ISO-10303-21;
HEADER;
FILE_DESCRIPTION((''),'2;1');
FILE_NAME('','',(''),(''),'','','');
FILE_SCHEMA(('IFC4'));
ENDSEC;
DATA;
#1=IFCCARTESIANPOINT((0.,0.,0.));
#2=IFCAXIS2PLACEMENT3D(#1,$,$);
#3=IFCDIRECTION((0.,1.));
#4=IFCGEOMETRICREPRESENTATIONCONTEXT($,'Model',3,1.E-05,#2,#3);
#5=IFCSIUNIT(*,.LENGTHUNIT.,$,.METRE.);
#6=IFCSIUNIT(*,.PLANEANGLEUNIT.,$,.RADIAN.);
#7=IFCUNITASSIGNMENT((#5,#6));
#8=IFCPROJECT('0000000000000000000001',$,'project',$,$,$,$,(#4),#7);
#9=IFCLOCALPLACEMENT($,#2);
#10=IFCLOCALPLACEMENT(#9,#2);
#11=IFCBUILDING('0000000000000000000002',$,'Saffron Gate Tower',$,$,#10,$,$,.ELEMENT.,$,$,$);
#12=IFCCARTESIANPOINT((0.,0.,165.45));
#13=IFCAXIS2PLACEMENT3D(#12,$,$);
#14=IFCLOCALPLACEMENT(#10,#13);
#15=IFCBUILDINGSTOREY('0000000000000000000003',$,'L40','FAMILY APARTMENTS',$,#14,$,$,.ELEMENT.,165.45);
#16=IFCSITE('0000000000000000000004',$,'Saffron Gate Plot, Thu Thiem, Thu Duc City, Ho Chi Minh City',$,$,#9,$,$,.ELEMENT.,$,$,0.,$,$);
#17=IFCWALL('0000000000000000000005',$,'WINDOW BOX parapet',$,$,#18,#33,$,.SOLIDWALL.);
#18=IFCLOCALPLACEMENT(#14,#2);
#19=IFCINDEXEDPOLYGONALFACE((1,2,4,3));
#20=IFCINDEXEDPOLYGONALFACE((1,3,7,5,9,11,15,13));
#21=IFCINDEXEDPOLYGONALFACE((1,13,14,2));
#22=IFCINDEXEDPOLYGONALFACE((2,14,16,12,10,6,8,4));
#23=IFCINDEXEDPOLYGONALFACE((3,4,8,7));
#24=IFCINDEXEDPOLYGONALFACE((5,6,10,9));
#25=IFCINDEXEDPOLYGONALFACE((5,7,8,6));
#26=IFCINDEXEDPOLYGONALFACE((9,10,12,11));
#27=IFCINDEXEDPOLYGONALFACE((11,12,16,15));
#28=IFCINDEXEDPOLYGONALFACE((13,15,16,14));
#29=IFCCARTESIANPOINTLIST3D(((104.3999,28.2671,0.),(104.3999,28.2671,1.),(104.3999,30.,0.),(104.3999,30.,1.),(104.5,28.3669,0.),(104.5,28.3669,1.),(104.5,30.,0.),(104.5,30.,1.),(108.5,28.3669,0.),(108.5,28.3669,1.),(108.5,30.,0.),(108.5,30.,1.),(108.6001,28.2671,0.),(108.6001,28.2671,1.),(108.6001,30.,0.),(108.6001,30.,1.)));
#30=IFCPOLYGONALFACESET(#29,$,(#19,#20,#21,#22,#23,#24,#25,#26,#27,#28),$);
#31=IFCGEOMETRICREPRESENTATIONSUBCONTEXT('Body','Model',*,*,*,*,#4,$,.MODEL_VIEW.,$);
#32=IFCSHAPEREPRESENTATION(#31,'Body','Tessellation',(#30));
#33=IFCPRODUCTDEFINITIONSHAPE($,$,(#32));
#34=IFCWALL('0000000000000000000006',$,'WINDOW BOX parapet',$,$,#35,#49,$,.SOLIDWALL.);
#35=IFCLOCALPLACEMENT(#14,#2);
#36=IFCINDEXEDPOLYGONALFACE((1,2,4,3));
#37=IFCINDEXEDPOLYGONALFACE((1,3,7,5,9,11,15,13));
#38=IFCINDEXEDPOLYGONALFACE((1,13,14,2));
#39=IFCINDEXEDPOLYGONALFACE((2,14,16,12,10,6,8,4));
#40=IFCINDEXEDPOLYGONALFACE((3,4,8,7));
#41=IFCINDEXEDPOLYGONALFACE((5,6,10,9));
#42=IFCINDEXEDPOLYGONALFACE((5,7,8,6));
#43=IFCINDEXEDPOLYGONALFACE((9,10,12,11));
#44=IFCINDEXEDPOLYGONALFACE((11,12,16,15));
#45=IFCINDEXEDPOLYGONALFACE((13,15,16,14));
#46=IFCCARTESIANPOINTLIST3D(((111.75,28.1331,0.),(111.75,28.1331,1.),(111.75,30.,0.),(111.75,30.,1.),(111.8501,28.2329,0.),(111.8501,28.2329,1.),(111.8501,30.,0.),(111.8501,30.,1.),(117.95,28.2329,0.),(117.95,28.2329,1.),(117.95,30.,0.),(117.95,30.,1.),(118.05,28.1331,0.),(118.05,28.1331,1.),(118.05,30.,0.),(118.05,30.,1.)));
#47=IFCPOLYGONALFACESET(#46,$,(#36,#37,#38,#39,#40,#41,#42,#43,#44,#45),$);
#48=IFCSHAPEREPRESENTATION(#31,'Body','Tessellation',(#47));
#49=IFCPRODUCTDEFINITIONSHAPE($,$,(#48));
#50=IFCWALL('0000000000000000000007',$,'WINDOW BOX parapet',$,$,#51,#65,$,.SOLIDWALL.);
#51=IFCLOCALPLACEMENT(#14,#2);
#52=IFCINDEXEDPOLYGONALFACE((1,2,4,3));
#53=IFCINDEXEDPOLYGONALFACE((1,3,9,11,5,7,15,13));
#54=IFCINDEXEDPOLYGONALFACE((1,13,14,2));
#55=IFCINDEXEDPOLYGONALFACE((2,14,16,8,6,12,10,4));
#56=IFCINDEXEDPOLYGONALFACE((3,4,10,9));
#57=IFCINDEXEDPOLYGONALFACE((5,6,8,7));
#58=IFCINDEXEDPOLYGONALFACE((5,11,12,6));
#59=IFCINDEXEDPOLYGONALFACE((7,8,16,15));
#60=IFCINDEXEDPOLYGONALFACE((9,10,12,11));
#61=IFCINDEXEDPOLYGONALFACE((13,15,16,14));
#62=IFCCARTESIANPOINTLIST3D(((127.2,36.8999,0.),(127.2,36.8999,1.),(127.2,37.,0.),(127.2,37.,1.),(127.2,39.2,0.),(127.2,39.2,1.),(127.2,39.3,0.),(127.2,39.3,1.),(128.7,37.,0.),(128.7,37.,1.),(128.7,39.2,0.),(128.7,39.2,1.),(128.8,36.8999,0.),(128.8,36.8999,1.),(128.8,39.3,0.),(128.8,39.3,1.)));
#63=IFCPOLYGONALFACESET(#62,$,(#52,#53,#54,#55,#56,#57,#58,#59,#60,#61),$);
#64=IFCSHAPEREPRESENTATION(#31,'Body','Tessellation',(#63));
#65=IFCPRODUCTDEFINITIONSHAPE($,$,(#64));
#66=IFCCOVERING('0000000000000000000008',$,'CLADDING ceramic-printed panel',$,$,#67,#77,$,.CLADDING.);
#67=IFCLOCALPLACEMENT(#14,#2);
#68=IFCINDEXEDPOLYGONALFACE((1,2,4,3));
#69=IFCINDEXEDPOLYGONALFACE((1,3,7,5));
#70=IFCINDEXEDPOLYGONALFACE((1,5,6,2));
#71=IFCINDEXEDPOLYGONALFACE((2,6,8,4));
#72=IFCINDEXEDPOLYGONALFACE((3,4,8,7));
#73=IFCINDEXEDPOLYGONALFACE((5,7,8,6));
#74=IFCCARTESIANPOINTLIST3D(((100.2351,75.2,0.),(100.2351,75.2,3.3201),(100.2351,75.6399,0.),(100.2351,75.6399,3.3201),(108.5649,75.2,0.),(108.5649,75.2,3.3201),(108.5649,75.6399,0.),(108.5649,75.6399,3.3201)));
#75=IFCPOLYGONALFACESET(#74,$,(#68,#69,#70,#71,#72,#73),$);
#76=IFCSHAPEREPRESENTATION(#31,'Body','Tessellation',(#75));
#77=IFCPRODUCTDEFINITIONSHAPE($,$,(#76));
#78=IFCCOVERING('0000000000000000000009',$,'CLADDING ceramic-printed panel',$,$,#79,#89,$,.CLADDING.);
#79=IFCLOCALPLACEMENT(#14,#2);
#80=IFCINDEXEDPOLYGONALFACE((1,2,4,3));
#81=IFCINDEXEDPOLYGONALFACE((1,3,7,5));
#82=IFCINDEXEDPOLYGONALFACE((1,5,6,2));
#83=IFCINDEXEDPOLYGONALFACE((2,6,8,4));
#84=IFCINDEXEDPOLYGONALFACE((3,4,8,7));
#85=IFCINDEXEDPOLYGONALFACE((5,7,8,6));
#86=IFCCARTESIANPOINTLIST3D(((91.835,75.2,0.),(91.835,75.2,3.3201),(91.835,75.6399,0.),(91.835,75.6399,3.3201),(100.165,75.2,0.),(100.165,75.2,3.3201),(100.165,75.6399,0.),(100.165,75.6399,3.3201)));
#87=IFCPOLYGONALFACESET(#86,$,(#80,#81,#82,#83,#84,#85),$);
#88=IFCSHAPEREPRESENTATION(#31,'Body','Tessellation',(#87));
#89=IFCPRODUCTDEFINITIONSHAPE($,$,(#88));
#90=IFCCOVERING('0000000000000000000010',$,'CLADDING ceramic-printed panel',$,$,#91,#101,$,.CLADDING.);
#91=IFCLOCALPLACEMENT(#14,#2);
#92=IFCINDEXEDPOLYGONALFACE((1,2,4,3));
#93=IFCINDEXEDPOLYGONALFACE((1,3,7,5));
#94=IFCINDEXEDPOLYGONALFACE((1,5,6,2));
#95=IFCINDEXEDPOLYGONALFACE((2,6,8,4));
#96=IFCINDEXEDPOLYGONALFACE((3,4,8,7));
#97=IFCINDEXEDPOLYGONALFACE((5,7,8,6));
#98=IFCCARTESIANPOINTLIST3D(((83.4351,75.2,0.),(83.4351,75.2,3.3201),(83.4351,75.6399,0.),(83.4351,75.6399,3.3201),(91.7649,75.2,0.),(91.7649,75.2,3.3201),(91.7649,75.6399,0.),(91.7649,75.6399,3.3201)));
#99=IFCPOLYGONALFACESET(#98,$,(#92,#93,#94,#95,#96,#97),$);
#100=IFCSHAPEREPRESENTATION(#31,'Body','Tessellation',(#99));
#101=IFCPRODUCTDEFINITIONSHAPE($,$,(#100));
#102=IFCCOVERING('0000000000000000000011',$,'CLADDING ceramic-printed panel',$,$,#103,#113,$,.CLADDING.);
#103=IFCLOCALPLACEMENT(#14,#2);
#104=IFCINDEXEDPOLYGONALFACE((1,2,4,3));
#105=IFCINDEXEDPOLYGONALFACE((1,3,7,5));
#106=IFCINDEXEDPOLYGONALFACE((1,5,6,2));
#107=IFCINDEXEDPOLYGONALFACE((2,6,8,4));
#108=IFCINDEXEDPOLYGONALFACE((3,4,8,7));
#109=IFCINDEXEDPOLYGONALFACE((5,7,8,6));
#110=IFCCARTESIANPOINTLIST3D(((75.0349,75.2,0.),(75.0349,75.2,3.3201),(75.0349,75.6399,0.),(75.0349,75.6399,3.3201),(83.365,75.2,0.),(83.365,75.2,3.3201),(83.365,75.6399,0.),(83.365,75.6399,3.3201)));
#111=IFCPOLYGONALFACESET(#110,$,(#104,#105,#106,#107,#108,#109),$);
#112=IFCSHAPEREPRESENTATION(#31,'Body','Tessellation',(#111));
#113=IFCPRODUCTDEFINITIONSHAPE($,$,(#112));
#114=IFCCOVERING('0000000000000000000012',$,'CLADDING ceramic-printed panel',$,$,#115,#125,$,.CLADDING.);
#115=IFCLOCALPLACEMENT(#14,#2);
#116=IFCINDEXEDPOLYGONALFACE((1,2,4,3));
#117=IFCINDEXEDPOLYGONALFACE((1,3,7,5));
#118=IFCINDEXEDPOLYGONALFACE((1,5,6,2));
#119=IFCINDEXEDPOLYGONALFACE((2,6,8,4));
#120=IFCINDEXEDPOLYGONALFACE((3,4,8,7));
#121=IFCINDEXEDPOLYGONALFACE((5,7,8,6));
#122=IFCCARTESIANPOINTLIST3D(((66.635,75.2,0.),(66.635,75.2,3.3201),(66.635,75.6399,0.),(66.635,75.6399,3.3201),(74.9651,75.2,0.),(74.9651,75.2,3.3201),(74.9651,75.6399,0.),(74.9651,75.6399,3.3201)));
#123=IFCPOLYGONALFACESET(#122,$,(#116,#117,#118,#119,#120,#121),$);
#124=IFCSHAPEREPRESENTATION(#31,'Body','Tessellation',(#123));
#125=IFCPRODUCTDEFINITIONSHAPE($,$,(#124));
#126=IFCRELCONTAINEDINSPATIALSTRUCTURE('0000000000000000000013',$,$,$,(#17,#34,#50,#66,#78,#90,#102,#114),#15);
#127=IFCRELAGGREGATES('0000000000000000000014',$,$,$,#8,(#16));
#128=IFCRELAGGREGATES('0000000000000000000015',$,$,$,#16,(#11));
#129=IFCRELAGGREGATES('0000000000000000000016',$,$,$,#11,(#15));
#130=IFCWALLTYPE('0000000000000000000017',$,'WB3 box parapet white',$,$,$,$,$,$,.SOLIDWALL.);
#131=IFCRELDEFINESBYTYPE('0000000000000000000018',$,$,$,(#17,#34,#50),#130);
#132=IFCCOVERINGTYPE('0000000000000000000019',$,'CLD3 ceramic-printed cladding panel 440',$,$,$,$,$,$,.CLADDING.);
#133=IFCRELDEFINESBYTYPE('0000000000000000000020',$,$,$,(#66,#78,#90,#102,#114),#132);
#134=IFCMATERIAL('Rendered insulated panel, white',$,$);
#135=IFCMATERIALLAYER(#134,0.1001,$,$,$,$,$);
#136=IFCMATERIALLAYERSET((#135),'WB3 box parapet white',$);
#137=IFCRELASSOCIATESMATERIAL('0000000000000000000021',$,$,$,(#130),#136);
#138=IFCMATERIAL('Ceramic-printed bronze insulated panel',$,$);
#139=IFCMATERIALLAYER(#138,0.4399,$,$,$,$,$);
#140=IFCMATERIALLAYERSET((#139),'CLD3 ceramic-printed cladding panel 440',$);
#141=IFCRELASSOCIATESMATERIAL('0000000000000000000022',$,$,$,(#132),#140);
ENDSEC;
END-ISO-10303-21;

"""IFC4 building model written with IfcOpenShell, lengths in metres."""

from ifc_helpers import new_model, si_unit, direction, frame, origin, place, context, subcontext, project, spatial, polyline, outline, extrude, material, layer, layer_set, type_object, element, save


model = new_model("IFC4")

# Units and contexts
model_context = context("Model", 3, precision=1e-05, world=origin(), true_north=direction((0.0, 1.0)))
body_context = subcontext(model_context, "Body", "Model", "MODEL_VIEW")
ifc_project = project(units=[si_unit("LENGTHUNIT", "METRE"), si_unit("PLANEANGLEUNIT", "RADIAN")], contexts=[model_context])

# Site, building, storey
site_placement = place(None, origin())
site = spatial("IfcSite", under=ifc_project, at=site_placement, Name="Saffron Gate Plot, Thu Thiem, Thu Duc City, Ho Chi Minh City", CompositionType="ELEMENT", RefElevation=0.0)
building_placement = place(site_placement, origin())
building = spatial("IfcBuilding", under=site, at=building_placement, Name="Saffron Gate Tower", CompositionType="ELEMENT")
storey_placement = place(building_placement, frame((0.0, 0.0, 165.45)))
storey = spatial("IfcBuildingStorey", under=building, at=storey_placement, Name="L40", Description="FAMILY APARTMENTS", CompositionType="ELEMENT", Elevation=165.45)

# Walls
ifc_material_1 = material(Name="Rendered insulated panel, white")
ifc_layer_1 = layer(ifc_material_1, 0.1001)
ifc_layer_set_1 = layer_set([ifc_layer_1], Name="WB3 box parapet white")
wall_type = type_object("IfcWallType", Name="WB3 box parapet white", PredefinedType="SOLIDWALL", material=ifc_layer_set_1)
wall_1_placement = place(storey_placement, origin())
element("IfcWall", 1, at=wall_1_placement, inside=storey, type_object=wall_type, Name="WINDOW BOX parapet", PredefinedType="SOLIDWALL", context=body_context, shape_type="SweptSolid", body=[
    extrude(outline(polyline([(104.3999, 30.0), (104.5, 30.0), (104.5, 28.3669), (108.5, 28.3669), (108.5, 30.0), (108.6001, 30.0), (108.6001, 28.2671), (104.3999, 28.2671), (104.3999, 30.0)])), origin(), (0.0, 0.0, 1.0), 1.0),
])
wall_2_placement = place(storey_placement, origin())
element("IfcWall", 2, at=wall_2_placement, inside=storey, type_object=wall_type, Name="WINDOW BOX parapet", PredefinedType="SOLIDWALL", context=body_context, shape_type="SweptSolid", body=[
    extrude(outline(polyline([(111.75, 30.0), (111.8501, 30.0), (111.8501, 28.2329), (117.95, 28.2329), (117.95, 30.0), (118.05, 30.0), (118.05, 28.1331), (111.75, 28.1331), (111.75, 30.0)])), origin(), (0.0, 0.0, 1.0), 1.0),
])
wall_3_placement = place(storey_placement, origin())
element("IfcWall", 3, at=wall_3_placement, inside=storey, type_object=wall_type, Name="WINDOW BOX parapet", PredefinedType="SOLIDWALL", context=body_context, shape_type="SweptSolid", body=[
    extrude(outline(polyline([(127.2, 36.8999), (127.2, 37.0), (128.7, 37.0), (128.7, 39.2), (127.2, 39.2), (127.2, 39.3), (128.8, 39.3), (128.8, 36.8999), (127.2, 36.8999)])), origin(), (0.0, 0.0, 1.0), 1.0),
])

# Coverings
ifc_material_2 = material(Name="Ceramic-printed bronze insulated panel")
ifc_layer_2 = layer(ifc_material_2, 0.4399)
ifc_layer_set_2 = layer_set([ifc_layer_2], Name="CLD3 ceramic-printed cladding panel 440")
covering_type = type_object("IfcCoveringType", Name="CLD3 ceramic-printed cladding panel 440", PredefinedType="CLADDING", material=ifc_layer_set_2)
covering_1_placement = place(storey_placement, origin())
element("IfcCovering", 4, at=covering_1_placement, inside=storey, type_object=covering_type, Name="CLADDING ceramic-printed panel", PredefinedType="CLADDING", context=body_context, shape_type="SweptSolid", body=[
    extrude(outline(polyline([(108.5649, 75.6399), (100.2351, 75.6399), (100.2351, 75.2), (108.5649, 75.2), (108.5649, 75.6399)])), origin(), (0.0, 0.0, 1.0), 3.3201),
])
covering_2_placement = place(storey_placement, origin())
element("IfcCovering", 5, at=covering_2_placement, inside=storey, type_object=covering_type, Name="CLADDING ceramic-printed panel", PredefinedType="CLADDING", context=body_context, shape_type="SweptSolid", body=[
    extrude(outline(polyline([(100.165, 75.6399), (91.835, 75.6399), (91.835, 75.2), (100.165, 75.2), (100.165, 75.6399)])), origin(), (0.0, 0.0, 1.0), 3.3201),
])
covering_3_placement = place(storey_placement, origin())
element("IfcCovering", 6, at=covering_3_placement, inside=storey, type_object=covering_type, Name="CLADDING ceramic-printed panel", PredefinedType="CLADDING", context=body_context, shape_type="SweptSolid", body=[
    extrude(outline(polyline([(91.7649, 75.6399), (83.4351, 75.6399), (83.4351, 75.2), (91.7649, 75.2), (91.7649, 75.6399)])), origin(), (0.0, 0.0, 1.0), 3.3201),
])
covering_4_placement = place(storey_placement, origin())
element("IfcCovering", 7, at=covering_4_placement, inside=storey, type_object=covering_type, Name="CLADDING ceramic-printed panel", PredefinedType="CLADDING", context=body_context, shape_type="SweptSolid", body=[
    extrude(outline(polyline([(83.365, 75.6399), (75.0349, 75.6399), (75.0349, 75.2), (83.365, 75.2), (83.365, 75.6399)])), origin(), (0.0, 0.0, 1.0), 3.3201),
])
covering_5_placement = place(storey_placement, origin())
element("IfcCovering", 8, at=covering_5_placement, inside=storey, type_object=covering_type, Name="CLADDING ceramic-printed panel", PredefinedType="CLADDING", context=body_context, shape_type="SweptSolid", body=[
    extrude(outline(polyline([(74.9651, 75.6399), (66.635, 75.6399), (66.635, 75.2), (74.9651, 75.2), (74.9651, 75.6399)])), origin(), (0.0, 0.0, 1.0), 3.3201),
])

save(model, "model.ifc")
